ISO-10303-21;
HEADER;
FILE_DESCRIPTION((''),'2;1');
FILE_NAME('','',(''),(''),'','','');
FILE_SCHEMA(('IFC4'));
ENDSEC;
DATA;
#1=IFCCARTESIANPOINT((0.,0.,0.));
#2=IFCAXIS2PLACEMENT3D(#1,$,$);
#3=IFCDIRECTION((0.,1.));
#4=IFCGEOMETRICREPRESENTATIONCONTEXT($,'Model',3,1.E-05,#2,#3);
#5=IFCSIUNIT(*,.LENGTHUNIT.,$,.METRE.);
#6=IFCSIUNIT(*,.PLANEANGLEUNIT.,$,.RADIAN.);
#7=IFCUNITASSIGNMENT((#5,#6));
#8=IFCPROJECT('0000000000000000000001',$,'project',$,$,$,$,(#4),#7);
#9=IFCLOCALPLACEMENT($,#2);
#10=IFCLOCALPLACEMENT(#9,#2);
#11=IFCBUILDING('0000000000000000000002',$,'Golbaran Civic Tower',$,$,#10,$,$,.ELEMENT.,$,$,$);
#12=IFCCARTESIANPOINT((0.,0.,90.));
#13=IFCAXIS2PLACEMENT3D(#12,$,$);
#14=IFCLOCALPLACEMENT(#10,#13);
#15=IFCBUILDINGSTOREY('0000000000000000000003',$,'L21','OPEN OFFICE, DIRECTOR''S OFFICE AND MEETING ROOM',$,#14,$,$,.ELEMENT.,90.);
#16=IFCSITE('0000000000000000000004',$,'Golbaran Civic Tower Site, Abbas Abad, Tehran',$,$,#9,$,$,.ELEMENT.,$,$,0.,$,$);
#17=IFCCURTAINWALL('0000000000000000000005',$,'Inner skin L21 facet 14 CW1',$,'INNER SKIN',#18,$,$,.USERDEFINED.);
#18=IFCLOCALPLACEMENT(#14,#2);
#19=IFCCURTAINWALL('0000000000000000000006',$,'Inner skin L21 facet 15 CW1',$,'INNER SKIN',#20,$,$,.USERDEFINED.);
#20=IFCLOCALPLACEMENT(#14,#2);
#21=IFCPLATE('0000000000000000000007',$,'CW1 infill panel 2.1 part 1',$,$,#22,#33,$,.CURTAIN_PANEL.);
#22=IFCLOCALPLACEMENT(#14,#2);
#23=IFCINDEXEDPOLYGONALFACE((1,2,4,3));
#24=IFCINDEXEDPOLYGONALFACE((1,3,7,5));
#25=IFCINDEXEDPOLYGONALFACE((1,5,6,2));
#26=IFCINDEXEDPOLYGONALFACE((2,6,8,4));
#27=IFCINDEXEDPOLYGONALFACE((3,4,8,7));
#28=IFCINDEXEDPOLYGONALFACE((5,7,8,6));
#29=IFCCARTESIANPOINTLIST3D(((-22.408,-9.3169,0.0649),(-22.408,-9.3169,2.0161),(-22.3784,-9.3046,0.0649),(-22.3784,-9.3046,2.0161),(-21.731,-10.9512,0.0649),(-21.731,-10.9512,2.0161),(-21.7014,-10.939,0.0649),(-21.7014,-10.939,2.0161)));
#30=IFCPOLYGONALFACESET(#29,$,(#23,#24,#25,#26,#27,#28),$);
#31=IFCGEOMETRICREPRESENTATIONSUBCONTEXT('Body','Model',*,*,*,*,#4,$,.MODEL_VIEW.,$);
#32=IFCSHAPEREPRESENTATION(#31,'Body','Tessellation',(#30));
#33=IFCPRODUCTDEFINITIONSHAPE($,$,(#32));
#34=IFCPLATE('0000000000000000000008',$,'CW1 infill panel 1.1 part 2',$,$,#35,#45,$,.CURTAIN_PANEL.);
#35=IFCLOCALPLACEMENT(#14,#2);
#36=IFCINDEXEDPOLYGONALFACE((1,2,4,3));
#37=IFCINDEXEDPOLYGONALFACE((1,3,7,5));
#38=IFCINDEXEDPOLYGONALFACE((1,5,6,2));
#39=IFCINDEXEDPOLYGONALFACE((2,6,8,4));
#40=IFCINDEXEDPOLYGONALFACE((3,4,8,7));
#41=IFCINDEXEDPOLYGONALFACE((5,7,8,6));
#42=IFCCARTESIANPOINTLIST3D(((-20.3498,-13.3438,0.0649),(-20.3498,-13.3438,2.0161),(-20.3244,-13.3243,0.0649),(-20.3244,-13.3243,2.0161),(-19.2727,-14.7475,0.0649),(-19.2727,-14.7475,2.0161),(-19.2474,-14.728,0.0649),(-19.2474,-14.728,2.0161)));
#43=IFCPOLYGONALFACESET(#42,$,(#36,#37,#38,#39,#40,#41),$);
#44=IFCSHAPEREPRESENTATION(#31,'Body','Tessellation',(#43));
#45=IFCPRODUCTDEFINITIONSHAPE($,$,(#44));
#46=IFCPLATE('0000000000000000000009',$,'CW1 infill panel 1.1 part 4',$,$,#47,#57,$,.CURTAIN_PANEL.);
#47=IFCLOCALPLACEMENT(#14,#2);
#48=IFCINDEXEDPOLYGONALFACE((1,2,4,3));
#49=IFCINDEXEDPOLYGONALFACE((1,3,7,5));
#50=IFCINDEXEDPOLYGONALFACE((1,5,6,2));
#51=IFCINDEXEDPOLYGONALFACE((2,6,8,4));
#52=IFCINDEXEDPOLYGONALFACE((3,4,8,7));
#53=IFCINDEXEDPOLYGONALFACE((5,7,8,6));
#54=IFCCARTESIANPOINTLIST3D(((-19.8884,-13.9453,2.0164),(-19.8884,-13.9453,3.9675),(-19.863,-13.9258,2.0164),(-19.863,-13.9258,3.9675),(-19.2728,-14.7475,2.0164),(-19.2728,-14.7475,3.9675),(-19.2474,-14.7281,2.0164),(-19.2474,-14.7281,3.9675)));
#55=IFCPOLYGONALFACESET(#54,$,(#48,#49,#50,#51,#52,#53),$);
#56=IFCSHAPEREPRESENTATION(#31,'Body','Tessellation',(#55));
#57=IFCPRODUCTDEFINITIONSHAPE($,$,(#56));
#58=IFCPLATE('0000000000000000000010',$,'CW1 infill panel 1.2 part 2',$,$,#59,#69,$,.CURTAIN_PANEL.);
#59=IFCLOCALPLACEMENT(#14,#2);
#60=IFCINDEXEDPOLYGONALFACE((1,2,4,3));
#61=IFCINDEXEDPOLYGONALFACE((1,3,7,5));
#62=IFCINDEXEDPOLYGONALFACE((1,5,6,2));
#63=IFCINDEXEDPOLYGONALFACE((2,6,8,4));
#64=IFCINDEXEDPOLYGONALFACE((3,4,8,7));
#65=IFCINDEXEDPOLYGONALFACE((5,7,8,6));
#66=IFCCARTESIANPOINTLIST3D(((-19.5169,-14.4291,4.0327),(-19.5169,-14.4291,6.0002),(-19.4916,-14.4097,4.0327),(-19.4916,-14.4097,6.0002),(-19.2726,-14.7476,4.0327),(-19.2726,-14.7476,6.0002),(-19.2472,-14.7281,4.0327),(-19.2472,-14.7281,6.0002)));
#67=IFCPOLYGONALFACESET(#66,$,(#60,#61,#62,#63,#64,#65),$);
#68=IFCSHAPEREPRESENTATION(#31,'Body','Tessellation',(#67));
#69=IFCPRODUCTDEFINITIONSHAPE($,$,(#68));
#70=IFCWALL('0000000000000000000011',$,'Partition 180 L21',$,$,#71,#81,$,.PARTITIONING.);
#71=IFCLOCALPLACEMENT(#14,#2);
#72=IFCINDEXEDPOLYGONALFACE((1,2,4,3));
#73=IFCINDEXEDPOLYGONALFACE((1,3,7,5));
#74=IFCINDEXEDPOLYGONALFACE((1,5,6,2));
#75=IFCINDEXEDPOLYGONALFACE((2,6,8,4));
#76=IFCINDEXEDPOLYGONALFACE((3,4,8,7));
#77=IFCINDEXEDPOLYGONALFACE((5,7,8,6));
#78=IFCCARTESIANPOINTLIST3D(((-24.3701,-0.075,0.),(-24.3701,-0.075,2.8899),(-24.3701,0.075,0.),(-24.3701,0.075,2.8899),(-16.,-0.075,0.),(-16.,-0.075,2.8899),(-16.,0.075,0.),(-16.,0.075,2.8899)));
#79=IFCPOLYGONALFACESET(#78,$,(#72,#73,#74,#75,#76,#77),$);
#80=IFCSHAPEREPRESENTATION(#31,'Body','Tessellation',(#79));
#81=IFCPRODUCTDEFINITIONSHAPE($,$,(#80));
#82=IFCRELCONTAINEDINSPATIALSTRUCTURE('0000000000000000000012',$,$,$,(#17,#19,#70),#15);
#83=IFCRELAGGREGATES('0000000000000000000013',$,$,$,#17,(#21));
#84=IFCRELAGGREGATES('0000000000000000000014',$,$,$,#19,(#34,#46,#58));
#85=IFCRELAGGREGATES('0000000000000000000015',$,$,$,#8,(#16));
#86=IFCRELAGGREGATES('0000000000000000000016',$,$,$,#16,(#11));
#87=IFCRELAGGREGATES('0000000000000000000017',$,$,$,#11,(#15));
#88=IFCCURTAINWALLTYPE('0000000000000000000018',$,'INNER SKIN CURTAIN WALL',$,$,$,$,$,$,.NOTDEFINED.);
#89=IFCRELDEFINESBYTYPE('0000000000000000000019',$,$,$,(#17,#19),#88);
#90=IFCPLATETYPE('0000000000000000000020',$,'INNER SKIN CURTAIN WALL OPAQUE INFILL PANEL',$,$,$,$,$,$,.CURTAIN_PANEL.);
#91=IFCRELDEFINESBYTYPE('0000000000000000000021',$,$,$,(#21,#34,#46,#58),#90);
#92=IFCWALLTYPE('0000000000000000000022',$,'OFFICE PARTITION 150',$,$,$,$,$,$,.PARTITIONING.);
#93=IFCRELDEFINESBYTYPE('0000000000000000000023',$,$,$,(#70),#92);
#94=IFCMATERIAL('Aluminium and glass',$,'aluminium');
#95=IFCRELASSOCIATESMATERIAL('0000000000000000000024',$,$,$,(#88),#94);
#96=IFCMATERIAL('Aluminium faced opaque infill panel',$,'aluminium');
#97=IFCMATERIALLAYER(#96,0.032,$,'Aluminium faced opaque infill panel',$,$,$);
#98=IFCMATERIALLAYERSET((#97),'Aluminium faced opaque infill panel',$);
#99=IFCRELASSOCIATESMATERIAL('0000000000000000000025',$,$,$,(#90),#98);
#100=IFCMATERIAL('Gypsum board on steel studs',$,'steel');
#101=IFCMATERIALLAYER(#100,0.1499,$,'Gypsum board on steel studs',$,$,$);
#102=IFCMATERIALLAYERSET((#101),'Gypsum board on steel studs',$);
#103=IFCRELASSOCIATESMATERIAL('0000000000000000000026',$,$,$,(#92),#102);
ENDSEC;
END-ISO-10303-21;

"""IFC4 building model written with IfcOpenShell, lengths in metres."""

from ifc_helpers import new_model, si_unit, direction, frame, frame_2d, origin, origin_2d, place, context, subcontext, project, spatial, rectangle, extrude, material, layer, layer_set, type_object, element, aggregate, save


model = new_model("IFC4")

# Units and contexts
model_context = context("Model", 3, precision=1e-05, world=origin(), true_north=direction((0.0, 1.0)))
body_context = subcontext(model_context, "Body", "Model", "MODEL_VIEW")
ifc_project = project(units=[si_unit("LENGTHUNIT", "METRE"), si_unit("PLANEANGLEUNIT", "RADIAN")], contexts=[model_context])

# Site, building, storey
site_placement = place(None, origin())
site = spatial("IfcSite", under=ifc_project, at=site_placement, Name="Golbaran Civic Tower Site, Abbas Abad, Tehran", CompositionType="ELEMENT", RefElevation=0.0)
building_placement = place(site_placement, origin())
building = spatial("IfcBuilding", under=site, at=building_placement, Name="Golbaran Civic Tower", CompositionType="ELEMENT")
storey_placement = place(building_placement, frame((0.0, 0.0, 90.0)))
storey = spatial("IfcBuildingStorey", under=building, at=storey_placement, Name="L21", Description="OPEN OFFICE, DIRECTOR'S OFFICE AND MEETING ROOM", CompositionType="ELEMENT", Elevation=90.0)

# Curtain wall
ifc_material_1 = material(Name="Aluminium and glass", Category="aluminium")
curtain_wall_type = type_object("IfcCurtainWallType", Name="INNER SKIN CURTAIN WALL", PredefinedType="NOTDEFINED", material=ifc_material_1)
curtain_wall_1_placement = place(storey_placement, origin())
curtain_wall_1 = element("IfcCurtainWall", 1, at=curtain_wall_1_placement, inside=storey, type_object=curtain_wall_type, Name="Inner skin L21 facet 14 CW1", ObjectType="INNER SKIN", PredefinedType="USERDEFINED")

# Curtain wall
curtain_wall_2_placement = place(storey_placement, origin())
curtain_wall_2 = element("IfcCurtainWall", 2, at=curtain_wall_2_placement, inside=storey, type_object=curtain_wall_type, Name="Inner skin L21 facet 15 CW1", ObjectType="INNER SKIN", PredefinedType="USERDEFINED")

# Plates
ifc_material_2 = material(Name="Aluminium faced opaque infill panel", Category="aluminium")
ifc_layer_1 = layer(ifc_material_2, 0.032, Name="Aluminium faced opaque infill panel")
ifc_layer_set_1 = layer_set([ifc_layer_1], Name="Aluminium faced opaque infill panel")
plate_type_1 = type_object("IfcPlateType", Name="INNER SKIN CURTAIN WALL OPAQUE INFILL PANEL", PredefinedType="CURTAIN_PANEL", material=ifc_layer_set_1)
plate_1_placement = place(storey_placement, frame((-22.0547, -10.1279, 0.0649), z_axis=(0.0, 0.0, 1.0), x_axis=(0.382683, -0.92388, 0.0)))
plate_1 = element("IfcPlate", 3, at=plate_1_placement, type_object=plate_type_1, Name="CW1 infill panel 2.1 part 1", PredefinedType="CURTAIN_PANEL", context=body_context, shape_type="SweptSolid", body=[
    extrude(rectangle(XDim=1.769, YDim=0.032, at=origin_2d()), origin(), (0.0, 0.0, 1.0), 1.9512),
])
aggregate(curtain_wall_1, [plate_1])
plate_2_placement = place(storey_placement, frame((-19.7986, -14.0359, 0.0649), z_axis=(0.0, 0.0, 1.0), x_axis=(0.608761, -0.793353, 0.0)))
plate_2 = element("IfcPlate", 4, at=plate_2_placement, type_object=plate_type_1, Name="CW1 infill panel 1.1 part 2", PredefinedType="CURTAIN_PANEL", context=body_context, shape_type="SweptSolid", body=[
    extrude(rectangle(XDim=1.7693, YDim=0.032, at=origin_2d()), origin(), (0.0, 0.0, 1.0), 1.9512),
])
plate_3_placement = place(storey_placement, frame((-19.5679, -14.3367, 2.0164), z_axis=(0.0, 0.0, 1.0), x_axis=(0.608761, -0.793353, 0.0)))
plate_3 = element("IfcPlate", 5, at=plate_3_placement, type_object=plate_type_1, Name="CW1 infill panel 1.1 part 4", PredefinedType="CURTAIN_PANEL", context=body_context, shape_type="SweptSolid", body=[
    extrude(rectangle(XDim=1.0112, YDim=0.032, at=origin_2d()), origin(), (0.0, 0.0, 1.0), 1.9512),
])
plate_4_placement = place(storey_placement, frame((-19.3821, -14.5786, 4.0327), z_axis=(0.0, 0.0, 1.0), x_axis=(0.608761, -0.793353, 0.0)))
plate_4 = element("IfcPlate", 6, at=plate_4_placement, type_object=plate_type_1, Name="CW1 infill panel 1.2 part 2", PredefinedType="CURTAIN_PANEL", context=body_context, shape_type="SweptSolid", body=[
    extrude(rectangle(XDim=0.4014, YDim=0.032, at=origin_2d()), origin(), (0.0, 0.0, 1.0), 1.9675),
])
aggregate(curtain_wall_2, [plate_2, plate_3, plate_4])

# Wall
ifc_material_3 = material(Name="Gypsum board on steel studs", Category="steel")
ifc_layer_2 = layer(ifc_material_3, 0.1499, Name="Gypsum board on steel studs")
ifc_layer_set_2 = layer_set([ifc_layer_2], Name="Gypsum board on steel studs")
wall_type = type_object("IfcWallType", Name="OFFICE PARTITION 150", PredefinedType="PARTITIONING", material=ifc_layer_set_2)
wall_placement = place(storey_placement, frame((-16.0, 0.0, 0.0), z_axis=(0.0, 0.0, 1.0), x_axis=(-1.0, 0.0, 0.0)))
element("IfcWall", 7, at=wall_placement, inside=storey, type_object=wall_type, Name="Partition 180 L21", PredefinedType="PARTITIONING", context=body_context, shape_type="SweptSolid", body=[
    extrude(rectangle(XDim=8.3701, YDim=0.1499, at=frame_2d((4.1851, 0.0))), origin(), (0.0, 0.0, 1.0), 2.8899),
])

save(model, "model.ifc")
